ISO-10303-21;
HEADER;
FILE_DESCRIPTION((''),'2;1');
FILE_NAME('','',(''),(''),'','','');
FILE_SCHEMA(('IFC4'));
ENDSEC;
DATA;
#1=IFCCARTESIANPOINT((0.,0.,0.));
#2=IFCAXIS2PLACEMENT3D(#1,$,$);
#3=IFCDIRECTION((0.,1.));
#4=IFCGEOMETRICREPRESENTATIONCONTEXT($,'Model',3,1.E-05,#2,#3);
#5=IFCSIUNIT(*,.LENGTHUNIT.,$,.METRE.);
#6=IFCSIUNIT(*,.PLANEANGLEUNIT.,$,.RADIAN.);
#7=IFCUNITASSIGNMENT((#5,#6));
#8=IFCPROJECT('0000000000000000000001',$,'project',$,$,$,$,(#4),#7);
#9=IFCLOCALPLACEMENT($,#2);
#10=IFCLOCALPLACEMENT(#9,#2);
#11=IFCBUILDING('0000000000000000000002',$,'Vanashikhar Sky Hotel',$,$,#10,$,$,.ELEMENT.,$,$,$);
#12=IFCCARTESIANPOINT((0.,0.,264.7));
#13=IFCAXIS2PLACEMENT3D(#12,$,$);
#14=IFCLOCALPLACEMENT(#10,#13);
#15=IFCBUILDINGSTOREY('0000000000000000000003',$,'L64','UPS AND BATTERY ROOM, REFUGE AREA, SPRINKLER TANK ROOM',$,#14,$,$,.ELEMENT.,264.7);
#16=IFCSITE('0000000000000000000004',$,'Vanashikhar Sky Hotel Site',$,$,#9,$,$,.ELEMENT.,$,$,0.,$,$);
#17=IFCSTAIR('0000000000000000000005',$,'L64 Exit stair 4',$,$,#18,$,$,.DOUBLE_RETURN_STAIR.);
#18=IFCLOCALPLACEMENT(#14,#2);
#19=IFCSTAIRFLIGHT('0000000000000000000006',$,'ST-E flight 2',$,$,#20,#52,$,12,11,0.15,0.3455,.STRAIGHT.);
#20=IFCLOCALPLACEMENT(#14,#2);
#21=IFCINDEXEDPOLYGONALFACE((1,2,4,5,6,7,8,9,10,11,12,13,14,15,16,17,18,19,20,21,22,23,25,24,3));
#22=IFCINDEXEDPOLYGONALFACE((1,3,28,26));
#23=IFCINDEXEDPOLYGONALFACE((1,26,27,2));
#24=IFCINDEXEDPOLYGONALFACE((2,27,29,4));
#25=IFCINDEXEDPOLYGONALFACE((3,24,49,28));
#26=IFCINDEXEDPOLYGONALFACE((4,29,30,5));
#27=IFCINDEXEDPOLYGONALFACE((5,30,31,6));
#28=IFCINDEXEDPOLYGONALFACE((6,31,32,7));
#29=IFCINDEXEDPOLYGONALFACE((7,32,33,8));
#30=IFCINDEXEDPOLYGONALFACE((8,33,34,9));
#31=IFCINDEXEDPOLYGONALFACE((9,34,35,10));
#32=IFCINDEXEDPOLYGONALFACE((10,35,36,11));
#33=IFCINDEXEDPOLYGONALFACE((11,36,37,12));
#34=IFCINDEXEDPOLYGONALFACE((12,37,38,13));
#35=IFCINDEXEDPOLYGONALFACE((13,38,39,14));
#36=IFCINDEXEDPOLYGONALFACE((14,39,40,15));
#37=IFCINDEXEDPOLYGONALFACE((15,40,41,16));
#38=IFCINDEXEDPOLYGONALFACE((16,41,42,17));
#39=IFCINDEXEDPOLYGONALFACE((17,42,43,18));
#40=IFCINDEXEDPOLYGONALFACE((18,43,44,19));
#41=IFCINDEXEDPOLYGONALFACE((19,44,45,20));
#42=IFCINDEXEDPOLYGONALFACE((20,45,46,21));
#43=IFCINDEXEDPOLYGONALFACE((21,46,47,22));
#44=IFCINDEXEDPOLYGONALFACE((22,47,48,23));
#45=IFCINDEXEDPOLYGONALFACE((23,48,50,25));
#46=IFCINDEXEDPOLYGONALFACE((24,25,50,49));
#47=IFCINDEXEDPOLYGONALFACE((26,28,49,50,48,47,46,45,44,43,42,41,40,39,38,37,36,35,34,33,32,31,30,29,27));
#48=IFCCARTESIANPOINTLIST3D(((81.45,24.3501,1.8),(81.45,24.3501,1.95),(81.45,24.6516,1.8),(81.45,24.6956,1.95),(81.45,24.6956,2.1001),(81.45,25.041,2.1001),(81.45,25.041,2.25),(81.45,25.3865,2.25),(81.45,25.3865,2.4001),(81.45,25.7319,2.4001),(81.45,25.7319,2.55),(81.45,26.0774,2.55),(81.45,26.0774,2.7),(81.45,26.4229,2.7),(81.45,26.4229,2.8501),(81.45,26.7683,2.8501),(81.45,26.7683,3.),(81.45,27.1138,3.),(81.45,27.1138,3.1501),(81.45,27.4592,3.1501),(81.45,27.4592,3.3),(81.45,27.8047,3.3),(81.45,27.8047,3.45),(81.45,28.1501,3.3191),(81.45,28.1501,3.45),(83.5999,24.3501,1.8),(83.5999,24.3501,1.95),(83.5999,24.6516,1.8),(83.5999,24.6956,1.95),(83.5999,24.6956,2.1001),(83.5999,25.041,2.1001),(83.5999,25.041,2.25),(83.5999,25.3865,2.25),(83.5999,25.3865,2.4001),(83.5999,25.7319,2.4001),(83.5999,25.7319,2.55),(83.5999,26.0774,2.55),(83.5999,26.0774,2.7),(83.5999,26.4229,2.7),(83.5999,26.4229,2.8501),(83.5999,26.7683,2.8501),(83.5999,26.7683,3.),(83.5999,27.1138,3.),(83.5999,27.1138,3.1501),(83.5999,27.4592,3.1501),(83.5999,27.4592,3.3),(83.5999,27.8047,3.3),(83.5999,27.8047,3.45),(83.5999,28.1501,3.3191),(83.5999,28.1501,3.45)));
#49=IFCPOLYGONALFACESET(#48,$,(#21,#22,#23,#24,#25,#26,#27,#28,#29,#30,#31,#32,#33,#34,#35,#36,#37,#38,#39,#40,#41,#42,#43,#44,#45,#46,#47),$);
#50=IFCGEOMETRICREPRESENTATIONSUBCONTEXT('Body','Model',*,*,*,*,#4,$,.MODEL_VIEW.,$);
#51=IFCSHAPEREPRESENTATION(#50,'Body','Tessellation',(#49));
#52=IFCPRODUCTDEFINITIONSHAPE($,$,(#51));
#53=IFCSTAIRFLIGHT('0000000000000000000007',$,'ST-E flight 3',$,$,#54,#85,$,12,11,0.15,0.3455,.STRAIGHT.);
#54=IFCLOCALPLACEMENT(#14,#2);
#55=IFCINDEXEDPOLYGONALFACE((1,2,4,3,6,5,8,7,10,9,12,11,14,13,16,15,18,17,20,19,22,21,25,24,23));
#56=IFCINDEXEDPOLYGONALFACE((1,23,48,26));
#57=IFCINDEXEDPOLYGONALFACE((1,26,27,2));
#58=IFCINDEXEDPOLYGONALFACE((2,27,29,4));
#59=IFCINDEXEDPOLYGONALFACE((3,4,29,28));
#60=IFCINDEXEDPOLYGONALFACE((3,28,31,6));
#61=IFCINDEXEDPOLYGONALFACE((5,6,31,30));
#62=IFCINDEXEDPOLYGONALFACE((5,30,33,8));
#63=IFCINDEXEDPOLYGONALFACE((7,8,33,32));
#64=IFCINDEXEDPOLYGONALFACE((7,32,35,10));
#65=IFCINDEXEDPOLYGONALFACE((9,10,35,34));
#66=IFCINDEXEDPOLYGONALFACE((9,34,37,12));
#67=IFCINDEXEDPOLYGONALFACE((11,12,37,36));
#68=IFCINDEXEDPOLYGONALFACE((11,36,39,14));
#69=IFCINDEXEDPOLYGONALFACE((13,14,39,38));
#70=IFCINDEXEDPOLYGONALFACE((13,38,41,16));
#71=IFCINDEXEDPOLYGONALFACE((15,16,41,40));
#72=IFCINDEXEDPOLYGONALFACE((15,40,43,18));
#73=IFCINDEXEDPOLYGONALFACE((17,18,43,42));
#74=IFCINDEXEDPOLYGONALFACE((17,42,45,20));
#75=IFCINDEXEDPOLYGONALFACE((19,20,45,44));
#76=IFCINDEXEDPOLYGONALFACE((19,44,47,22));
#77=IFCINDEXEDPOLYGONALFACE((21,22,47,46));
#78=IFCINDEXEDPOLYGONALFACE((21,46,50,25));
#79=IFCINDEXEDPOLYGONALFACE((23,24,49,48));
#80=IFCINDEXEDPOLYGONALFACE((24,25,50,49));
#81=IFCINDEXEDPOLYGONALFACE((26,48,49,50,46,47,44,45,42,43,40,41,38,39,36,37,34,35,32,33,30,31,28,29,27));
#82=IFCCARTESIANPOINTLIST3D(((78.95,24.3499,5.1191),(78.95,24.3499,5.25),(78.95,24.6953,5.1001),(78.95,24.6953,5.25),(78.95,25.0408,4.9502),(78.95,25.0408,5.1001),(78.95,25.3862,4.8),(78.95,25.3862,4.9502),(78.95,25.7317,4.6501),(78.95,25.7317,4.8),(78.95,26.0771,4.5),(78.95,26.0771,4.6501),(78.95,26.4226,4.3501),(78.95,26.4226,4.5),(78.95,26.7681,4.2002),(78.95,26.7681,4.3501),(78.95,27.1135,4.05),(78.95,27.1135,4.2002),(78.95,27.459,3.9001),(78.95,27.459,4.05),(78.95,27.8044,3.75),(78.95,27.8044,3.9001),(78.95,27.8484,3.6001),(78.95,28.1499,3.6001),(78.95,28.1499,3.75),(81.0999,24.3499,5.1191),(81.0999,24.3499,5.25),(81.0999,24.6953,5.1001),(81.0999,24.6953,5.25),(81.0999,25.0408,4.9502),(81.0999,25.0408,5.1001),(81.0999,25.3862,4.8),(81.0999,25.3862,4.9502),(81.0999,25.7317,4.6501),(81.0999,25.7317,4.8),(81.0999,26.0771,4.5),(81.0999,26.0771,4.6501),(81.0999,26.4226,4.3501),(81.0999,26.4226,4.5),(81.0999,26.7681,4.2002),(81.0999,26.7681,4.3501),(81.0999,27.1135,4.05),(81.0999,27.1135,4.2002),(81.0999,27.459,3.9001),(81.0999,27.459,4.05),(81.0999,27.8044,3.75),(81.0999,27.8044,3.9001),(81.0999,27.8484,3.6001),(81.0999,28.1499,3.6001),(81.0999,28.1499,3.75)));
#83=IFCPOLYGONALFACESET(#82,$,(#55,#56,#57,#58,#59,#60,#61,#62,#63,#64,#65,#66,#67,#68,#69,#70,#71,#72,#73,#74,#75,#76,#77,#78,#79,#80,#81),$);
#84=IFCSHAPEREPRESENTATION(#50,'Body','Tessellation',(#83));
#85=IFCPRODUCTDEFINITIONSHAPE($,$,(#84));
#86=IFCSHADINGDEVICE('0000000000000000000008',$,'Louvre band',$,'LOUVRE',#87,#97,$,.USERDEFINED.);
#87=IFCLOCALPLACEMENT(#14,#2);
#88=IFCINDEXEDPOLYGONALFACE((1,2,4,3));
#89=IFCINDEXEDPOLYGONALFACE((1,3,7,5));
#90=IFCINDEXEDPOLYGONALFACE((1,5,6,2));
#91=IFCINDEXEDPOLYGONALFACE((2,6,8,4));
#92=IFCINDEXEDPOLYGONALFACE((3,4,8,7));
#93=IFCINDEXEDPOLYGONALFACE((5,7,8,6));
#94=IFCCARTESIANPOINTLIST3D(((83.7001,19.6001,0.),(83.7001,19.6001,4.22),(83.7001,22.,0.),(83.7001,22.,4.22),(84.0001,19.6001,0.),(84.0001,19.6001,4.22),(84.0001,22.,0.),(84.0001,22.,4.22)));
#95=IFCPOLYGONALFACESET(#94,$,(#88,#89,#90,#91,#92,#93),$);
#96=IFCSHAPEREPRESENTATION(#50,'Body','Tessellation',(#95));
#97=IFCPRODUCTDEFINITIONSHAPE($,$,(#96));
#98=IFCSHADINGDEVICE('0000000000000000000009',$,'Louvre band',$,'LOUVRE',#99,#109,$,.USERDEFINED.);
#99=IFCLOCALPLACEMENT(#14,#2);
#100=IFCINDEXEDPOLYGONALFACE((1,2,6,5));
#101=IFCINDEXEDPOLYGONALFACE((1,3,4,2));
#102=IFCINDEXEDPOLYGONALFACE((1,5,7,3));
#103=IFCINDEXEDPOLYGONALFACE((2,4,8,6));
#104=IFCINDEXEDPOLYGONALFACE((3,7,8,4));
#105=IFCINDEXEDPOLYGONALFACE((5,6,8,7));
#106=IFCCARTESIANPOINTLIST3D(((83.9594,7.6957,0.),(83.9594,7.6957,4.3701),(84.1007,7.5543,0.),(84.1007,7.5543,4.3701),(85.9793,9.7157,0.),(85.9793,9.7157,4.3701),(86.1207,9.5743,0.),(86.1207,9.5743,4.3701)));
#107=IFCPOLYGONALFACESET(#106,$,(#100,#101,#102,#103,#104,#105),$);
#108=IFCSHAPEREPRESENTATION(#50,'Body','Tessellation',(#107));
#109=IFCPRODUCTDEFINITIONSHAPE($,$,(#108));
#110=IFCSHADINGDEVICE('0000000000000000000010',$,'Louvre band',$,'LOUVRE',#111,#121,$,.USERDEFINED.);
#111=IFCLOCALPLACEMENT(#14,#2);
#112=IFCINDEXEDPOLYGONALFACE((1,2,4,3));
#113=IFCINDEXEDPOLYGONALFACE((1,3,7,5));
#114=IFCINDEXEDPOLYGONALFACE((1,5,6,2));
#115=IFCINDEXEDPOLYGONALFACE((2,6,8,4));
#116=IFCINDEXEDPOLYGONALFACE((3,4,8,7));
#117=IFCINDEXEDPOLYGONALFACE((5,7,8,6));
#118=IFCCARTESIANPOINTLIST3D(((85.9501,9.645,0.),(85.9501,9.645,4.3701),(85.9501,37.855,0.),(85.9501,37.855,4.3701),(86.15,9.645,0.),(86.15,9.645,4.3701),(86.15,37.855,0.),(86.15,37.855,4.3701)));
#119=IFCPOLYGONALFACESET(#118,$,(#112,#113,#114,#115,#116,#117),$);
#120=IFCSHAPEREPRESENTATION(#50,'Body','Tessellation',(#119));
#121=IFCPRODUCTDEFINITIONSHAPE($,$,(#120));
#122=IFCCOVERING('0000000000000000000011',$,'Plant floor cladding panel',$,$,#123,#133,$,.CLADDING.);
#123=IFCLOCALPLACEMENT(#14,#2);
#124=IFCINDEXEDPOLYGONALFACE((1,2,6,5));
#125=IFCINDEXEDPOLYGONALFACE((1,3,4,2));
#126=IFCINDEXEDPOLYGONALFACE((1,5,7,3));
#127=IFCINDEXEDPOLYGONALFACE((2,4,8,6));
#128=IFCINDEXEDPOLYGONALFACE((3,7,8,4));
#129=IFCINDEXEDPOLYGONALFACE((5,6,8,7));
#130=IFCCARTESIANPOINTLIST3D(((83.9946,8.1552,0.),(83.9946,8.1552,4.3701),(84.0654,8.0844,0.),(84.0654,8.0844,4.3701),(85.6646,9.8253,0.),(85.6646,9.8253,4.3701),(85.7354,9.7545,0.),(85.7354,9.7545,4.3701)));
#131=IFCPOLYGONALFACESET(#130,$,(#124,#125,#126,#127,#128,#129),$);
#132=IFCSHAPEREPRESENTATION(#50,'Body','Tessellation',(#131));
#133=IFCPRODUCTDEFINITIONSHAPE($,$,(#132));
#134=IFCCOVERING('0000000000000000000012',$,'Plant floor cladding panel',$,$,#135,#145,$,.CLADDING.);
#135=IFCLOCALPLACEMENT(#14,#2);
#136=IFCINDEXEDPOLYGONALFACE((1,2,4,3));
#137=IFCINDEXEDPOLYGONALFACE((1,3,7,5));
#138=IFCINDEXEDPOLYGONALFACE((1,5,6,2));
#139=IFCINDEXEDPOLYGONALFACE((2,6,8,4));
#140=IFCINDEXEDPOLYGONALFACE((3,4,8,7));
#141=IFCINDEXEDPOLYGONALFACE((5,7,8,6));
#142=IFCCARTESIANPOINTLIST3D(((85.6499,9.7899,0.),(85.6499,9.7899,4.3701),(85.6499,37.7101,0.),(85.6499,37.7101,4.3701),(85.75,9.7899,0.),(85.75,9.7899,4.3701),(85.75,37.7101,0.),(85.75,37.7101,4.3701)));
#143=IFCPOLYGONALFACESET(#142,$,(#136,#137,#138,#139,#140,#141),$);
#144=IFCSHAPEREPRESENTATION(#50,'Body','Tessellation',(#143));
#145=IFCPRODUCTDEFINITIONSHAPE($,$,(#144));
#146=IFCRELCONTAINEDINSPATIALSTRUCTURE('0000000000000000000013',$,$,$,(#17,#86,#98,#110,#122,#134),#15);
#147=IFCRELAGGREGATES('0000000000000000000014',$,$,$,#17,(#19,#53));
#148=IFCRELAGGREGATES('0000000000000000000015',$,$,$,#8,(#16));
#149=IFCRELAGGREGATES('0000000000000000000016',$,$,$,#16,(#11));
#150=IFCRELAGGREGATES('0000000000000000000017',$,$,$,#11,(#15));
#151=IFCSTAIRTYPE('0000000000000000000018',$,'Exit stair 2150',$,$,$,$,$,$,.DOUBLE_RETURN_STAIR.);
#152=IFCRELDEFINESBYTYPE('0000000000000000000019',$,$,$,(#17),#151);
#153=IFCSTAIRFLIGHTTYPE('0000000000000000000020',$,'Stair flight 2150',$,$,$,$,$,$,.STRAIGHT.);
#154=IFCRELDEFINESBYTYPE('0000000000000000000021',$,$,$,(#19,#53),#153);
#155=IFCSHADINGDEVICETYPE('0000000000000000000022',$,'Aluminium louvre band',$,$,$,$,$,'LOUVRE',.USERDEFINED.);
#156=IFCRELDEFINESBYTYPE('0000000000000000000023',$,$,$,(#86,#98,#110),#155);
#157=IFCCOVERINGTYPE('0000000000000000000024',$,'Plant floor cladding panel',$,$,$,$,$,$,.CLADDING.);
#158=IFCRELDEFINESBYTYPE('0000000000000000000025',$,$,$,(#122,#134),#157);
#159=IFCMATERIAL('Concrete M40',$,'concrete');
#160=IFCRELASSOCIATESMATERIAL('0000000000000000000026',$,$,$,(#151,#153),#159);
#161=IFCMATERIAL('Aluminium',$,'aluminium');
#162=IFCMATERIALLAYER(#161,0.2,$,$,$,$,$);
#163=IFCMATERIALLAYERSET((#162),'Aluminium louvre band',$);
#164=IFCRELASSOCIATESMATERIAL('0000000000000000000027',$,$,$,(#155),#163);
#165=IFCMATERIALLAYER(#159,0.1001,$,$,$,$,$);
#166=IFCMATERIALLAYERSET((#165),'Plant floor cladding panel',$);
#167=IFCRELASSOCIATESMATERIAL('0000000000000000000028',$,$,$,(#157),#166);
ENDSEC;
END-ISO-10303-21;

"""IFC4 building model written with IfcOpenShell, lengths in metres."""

from ifc_helpers import new_model, si_unit, direction, frame, origin, origin_2d, place, context, subcontext, project, spatial, polyline, rectangle, outline, extrude, source, transform, mapped, material, layer, layer_set, type_object, element, aggregate, save


model = new_model("IFC4")

# Units and contexts
model_context = context("Model", 3, precision=1e-05, world=origin(), true_north=direction((0.0, 1.0)))
body_context = subcontext(model_context, "Body", "Model", "MODEL_VIEW")
ifc_project = project(units=[si_unit("LENGTHUNIT", "METRE"), si_unit("PLANEANGLEUNIT", "RADIAN")], contexts=[model_context])

# Site, building, storey
site_placement = place(None, origin())
site = spatial("IfcSite", under=ifc_project, at=site_placement, Name="Vanashikhar Sky Hotel Site", CompositionType="ELEMENT", RefElevation=0.0)
building_placement = place(site_placement, origin())
building = spatial("IfcBuilding", under=site, at=building_placement, Name="Vanashikhar Sky Hotel", CompositionType="ELEMENT")
storey_placement = place(building_placement, frame((0.0, 0.0, 264.7)))
storey = spatial("IfcBuildingStorey", under=building, at=storey_placement, Name="L64", Description="UPS AND BATTERY ROOM, REFUGE AREA, SPRINKLER TANK ROOM", CompositionType="ELEMENT", Elevation=264.7)

# Stair, stair flights
ifc_material_1 = material(Name="Concrete M40", Category="concrete")
stair_type = type_object("IfcStairType", Name="Exit stair 2150", PredefinedType="DOUBLE_RETURN_STAIR", material=ifc_material_1)
stair_placement = place(storey_placement, origin())
stair = element("IfcStair", 1, at=stair_placement, inside=storey, type_object=stair_type, Name="L64 Exit stair 4", PredefinedType="DOUBLE_RETURN_STAIR")
stair_flight_type = type_object("IfcStairFlightType", Name="Stair flight 2150", PredefinedType="STRAIGHT", material=ifc_material_1)
shared_shape_1 = source(origin(), body_context, "Body", "SweptSolid", [
    extrude(outline(polyline([(0.0, 0.0), (0.0, 0.1499), (0.3455, 0.1499), (0.3455, 0.3), (0.6909, 0.3), (0.6909, 0.45), (1.0364, 0.45), (1.0364, 0.6001), (1.3818, 0.6001), (1.3818, 0.75), (1.7273, 0.75), (1.7273, 0.8999), (2.0728, 0.8999), (2.0728, 1.05), (2.4182, 1.05), (2.4182, 1.2), (2.7637, 1.2), (2.7637, 1.3501), (3.1091, 1.3501), (3.1091, 1.5), (3.4546, 1.5), (3.4546, 1.6499), (3.8, 1.6499), (3.8, 1.8), (3.8, 1.519), (0.3015, 0.0), (0.0, 0.0)])), frame((0.0, 1.075, 0.0), z_axis=(0.0, -1.0, 0.0), x_axis=(1.0, 0.0, 0.0)), (0.0, 0.0, 1.0), 2.1499),
])
stair_flight_1_placement = place(storey_placement, frame((82.5249, 24.3501, 1.8), z_axis=(0.0, 0.0, 1.0), x_axis=(0.0, 1.0, 0.0)))
stair_flight_1 = element("IfcStairFlight", 2, at=stair_flight_1_placement, type_object=stair_flight_type, Name="ST-E flight 2", NumberOfRisers=12, NumberOfTreads=11, PredefinedType="STRAIGHT", RiserHeight=0.15, TreadLength=0.3455, context=body_context, shape_type="MappedRepresentation", body=[
    mapped(shared_shape_1, transform((0.0, 0.0, 0.0), scale=1.0)),
])
stair_flight_2_placement = place(storey_placement, frame((80.0249, 28.1499, 3.6001), z_axis=(0.0, 0.0, 1.0), x_axis=(0.0, -1.0, 0.0)))
stair_flight_2 = element("IfcStairFlight", 3, at=stair_flight_2_placement, type_object=stair_flight_type, Name="ST-E flight 3", NumberOfRisers=12, NumberOfTreads=11, PredefinedType="STRAIGHT", RiserHeight=0.15, TreadLength=0.3455, context=body_context, shape_type="MappedRepresentation", body=[
    mapped(shared_shape_1, transform((0.0, 0.0, 0.0), scale=1.0)),
])
aggregate(stair, [stair_flight_1, stair_flight_2])

# Shading devices
ifc_material_2 = material(Name="Aluminium", Category="aluminium")
ifc_layer_1 = layer(ifc_material_2, 0.2)
ifc_layer_set_1 = layer_set([ifc_layer_1], Name="Aluminium louvre band")
shading_device_type = type_object("IfcShadingDeviceType", Name="Aluminium louvre band", ElementType="LOUVRE", PredefinedType="USERDEFINED", material=ifc_layer_set_1)
shared_shape_2 = source(origin(), body_context, "Body", "SweptSolid", [
    extrude(rectangle(XDim=0.3, YDim=2.3999, at=origin_2d()), origin(), (0.0, 0.0, 1.0), 4.22),
])
shading_device_1_placement = place(storey_placement, frame((83.8501, 20.8, 0.0), z_axis=(0.0, 0.0, 1.0), x_axis=(1.0, 0.0, 0.0)))
element("IfcShadingDevice", 4, at=shading_device_1_placement, inside=storey, type_object=shading_device_type, Name="Louvre band", ObjectType="LOUVRE", PredefinedType="USERDEFINED", context=body_context, shape_type="MappedRepresentation", body=[
    mapped(shared_shape_2, transform((0.0, 0.0, 0.0), scale=1.0)),
])
shared_shape_3 = source(origin(), body_context, "Body", "SweptSolid", [
    extrude(rectangle(XDim=2.8567, YDim=0.2, at=origin_2d()), origin(), (0.0, 0.0, 1.0), 4.3701),
])
shading_device_2_placement = place(storey_placement, frame((85.04, 8.635, 0.0), z_axis=(0.0, 0.0, 1.0), x_axis=(0.707107, 0.707107, 0.0)))
element("IfcShadingDevice", 5, at=shading_device_2_placement, inside=storey, type_object=shading_device_type, Name="Louvre band", ObjectType="LOUVRE", PredefinedType="USERDEFINED", context=body_context, shape_type="MappedRepresentation", body=[
    mapped(shared_shape_3, transform((0.0, 0.0, 0.0), scale=1.0)),
])
shared_shape_4 = source(origin(), body_context, "Body", "SweptSolid", [
    extrude(rectangle(XDim=28.21, YDim=0.2, at=origin_2d()), origin(), (0.0, 0.0, 1.0), 4.3701),
])
shading_device_3_placement = place(storey_placement, frame((86.05, 23.75, 0.0), z_axis=(0.0, 0.0, 1.0), x_axis=(0.0, 1.0, 0.0)))
element("IfcShadingDevice", 6, at=shading_device_3_placement, inside=storey, type_object=shading_device_type, Name="Louvre band", ObjectType="LOUVRE", PredefinedType="USERDEFINED", context=body_context, shape_type="MappedRepresentation", body=[
    mapped(shared_shape_4, transform((0.0, 0.0, 0.0), scale=1.0)),
])

# Coverings
ifc_layer_2 = layer(ifc_material_1, 0.1001)
ifc_layer_set_2 = layer_set([ifc_layer_2], Name="Plant floor cladding panel")
covering_type = type_object("IfcCoveringType", Name="Plant floor cladding panel", PredefinedType="CLADDING", material=ifc_layer_set_2)
shared_shape_5 = source(origin(), body_context, "Body", "SweptSolid", [
    extrude(rectangle(XDim=2.3618, YDim=0.1001, at=origin_2d()), origin(), (0.0, 0.0, 1.0), 4.3701),
])
covering_1_placement = place(storey_placement, frame((84.865, 8.9548, 0.0), z_axis=(0.0, 0.0, 1.0), x_axis=(0.707107, 0.707107, 0.0)))
element("IfcCovering", 7, at=covering_1_placement, inside=storey, type_object=covering_type, Name="Plant floor cladding panel", PredefinedType="CLADDING", context=body_context, shape_type="MappedRepresentation", body=[
    mapped(shared_shape_5, transform((0.0, 0.0, 0.0), scale=1.0)),
])
shared_shape_6 = source(origin(), body_context, "Body", "SweptSolid", [
    extrude(rectangle(XDim=27.9202, YDim=0.1001, at=origin_2d()), origin(), (0.0, 0.0, 1.0), 4.3701),
])
covering_2_placement = place(storey_placement, frame((85.7, 23.75, 0.0), z_axis=(0.0, 0.0, 1.0), x_axis=(0.0, 1.0, 0.0)))
element("IfcCovering", 8, at=covering_2_placement, inside=storey, type_object=covering_type, Name="Plant floor cladding panel", PredefinedType="CLADDING", context=body_context, shape_type="MappedRepresentation", body=[
    mapped(shared_shape_6, transform((0.0, 0.0, 0.0), scale=1.0)),
])

save(model, "model.ifc")
